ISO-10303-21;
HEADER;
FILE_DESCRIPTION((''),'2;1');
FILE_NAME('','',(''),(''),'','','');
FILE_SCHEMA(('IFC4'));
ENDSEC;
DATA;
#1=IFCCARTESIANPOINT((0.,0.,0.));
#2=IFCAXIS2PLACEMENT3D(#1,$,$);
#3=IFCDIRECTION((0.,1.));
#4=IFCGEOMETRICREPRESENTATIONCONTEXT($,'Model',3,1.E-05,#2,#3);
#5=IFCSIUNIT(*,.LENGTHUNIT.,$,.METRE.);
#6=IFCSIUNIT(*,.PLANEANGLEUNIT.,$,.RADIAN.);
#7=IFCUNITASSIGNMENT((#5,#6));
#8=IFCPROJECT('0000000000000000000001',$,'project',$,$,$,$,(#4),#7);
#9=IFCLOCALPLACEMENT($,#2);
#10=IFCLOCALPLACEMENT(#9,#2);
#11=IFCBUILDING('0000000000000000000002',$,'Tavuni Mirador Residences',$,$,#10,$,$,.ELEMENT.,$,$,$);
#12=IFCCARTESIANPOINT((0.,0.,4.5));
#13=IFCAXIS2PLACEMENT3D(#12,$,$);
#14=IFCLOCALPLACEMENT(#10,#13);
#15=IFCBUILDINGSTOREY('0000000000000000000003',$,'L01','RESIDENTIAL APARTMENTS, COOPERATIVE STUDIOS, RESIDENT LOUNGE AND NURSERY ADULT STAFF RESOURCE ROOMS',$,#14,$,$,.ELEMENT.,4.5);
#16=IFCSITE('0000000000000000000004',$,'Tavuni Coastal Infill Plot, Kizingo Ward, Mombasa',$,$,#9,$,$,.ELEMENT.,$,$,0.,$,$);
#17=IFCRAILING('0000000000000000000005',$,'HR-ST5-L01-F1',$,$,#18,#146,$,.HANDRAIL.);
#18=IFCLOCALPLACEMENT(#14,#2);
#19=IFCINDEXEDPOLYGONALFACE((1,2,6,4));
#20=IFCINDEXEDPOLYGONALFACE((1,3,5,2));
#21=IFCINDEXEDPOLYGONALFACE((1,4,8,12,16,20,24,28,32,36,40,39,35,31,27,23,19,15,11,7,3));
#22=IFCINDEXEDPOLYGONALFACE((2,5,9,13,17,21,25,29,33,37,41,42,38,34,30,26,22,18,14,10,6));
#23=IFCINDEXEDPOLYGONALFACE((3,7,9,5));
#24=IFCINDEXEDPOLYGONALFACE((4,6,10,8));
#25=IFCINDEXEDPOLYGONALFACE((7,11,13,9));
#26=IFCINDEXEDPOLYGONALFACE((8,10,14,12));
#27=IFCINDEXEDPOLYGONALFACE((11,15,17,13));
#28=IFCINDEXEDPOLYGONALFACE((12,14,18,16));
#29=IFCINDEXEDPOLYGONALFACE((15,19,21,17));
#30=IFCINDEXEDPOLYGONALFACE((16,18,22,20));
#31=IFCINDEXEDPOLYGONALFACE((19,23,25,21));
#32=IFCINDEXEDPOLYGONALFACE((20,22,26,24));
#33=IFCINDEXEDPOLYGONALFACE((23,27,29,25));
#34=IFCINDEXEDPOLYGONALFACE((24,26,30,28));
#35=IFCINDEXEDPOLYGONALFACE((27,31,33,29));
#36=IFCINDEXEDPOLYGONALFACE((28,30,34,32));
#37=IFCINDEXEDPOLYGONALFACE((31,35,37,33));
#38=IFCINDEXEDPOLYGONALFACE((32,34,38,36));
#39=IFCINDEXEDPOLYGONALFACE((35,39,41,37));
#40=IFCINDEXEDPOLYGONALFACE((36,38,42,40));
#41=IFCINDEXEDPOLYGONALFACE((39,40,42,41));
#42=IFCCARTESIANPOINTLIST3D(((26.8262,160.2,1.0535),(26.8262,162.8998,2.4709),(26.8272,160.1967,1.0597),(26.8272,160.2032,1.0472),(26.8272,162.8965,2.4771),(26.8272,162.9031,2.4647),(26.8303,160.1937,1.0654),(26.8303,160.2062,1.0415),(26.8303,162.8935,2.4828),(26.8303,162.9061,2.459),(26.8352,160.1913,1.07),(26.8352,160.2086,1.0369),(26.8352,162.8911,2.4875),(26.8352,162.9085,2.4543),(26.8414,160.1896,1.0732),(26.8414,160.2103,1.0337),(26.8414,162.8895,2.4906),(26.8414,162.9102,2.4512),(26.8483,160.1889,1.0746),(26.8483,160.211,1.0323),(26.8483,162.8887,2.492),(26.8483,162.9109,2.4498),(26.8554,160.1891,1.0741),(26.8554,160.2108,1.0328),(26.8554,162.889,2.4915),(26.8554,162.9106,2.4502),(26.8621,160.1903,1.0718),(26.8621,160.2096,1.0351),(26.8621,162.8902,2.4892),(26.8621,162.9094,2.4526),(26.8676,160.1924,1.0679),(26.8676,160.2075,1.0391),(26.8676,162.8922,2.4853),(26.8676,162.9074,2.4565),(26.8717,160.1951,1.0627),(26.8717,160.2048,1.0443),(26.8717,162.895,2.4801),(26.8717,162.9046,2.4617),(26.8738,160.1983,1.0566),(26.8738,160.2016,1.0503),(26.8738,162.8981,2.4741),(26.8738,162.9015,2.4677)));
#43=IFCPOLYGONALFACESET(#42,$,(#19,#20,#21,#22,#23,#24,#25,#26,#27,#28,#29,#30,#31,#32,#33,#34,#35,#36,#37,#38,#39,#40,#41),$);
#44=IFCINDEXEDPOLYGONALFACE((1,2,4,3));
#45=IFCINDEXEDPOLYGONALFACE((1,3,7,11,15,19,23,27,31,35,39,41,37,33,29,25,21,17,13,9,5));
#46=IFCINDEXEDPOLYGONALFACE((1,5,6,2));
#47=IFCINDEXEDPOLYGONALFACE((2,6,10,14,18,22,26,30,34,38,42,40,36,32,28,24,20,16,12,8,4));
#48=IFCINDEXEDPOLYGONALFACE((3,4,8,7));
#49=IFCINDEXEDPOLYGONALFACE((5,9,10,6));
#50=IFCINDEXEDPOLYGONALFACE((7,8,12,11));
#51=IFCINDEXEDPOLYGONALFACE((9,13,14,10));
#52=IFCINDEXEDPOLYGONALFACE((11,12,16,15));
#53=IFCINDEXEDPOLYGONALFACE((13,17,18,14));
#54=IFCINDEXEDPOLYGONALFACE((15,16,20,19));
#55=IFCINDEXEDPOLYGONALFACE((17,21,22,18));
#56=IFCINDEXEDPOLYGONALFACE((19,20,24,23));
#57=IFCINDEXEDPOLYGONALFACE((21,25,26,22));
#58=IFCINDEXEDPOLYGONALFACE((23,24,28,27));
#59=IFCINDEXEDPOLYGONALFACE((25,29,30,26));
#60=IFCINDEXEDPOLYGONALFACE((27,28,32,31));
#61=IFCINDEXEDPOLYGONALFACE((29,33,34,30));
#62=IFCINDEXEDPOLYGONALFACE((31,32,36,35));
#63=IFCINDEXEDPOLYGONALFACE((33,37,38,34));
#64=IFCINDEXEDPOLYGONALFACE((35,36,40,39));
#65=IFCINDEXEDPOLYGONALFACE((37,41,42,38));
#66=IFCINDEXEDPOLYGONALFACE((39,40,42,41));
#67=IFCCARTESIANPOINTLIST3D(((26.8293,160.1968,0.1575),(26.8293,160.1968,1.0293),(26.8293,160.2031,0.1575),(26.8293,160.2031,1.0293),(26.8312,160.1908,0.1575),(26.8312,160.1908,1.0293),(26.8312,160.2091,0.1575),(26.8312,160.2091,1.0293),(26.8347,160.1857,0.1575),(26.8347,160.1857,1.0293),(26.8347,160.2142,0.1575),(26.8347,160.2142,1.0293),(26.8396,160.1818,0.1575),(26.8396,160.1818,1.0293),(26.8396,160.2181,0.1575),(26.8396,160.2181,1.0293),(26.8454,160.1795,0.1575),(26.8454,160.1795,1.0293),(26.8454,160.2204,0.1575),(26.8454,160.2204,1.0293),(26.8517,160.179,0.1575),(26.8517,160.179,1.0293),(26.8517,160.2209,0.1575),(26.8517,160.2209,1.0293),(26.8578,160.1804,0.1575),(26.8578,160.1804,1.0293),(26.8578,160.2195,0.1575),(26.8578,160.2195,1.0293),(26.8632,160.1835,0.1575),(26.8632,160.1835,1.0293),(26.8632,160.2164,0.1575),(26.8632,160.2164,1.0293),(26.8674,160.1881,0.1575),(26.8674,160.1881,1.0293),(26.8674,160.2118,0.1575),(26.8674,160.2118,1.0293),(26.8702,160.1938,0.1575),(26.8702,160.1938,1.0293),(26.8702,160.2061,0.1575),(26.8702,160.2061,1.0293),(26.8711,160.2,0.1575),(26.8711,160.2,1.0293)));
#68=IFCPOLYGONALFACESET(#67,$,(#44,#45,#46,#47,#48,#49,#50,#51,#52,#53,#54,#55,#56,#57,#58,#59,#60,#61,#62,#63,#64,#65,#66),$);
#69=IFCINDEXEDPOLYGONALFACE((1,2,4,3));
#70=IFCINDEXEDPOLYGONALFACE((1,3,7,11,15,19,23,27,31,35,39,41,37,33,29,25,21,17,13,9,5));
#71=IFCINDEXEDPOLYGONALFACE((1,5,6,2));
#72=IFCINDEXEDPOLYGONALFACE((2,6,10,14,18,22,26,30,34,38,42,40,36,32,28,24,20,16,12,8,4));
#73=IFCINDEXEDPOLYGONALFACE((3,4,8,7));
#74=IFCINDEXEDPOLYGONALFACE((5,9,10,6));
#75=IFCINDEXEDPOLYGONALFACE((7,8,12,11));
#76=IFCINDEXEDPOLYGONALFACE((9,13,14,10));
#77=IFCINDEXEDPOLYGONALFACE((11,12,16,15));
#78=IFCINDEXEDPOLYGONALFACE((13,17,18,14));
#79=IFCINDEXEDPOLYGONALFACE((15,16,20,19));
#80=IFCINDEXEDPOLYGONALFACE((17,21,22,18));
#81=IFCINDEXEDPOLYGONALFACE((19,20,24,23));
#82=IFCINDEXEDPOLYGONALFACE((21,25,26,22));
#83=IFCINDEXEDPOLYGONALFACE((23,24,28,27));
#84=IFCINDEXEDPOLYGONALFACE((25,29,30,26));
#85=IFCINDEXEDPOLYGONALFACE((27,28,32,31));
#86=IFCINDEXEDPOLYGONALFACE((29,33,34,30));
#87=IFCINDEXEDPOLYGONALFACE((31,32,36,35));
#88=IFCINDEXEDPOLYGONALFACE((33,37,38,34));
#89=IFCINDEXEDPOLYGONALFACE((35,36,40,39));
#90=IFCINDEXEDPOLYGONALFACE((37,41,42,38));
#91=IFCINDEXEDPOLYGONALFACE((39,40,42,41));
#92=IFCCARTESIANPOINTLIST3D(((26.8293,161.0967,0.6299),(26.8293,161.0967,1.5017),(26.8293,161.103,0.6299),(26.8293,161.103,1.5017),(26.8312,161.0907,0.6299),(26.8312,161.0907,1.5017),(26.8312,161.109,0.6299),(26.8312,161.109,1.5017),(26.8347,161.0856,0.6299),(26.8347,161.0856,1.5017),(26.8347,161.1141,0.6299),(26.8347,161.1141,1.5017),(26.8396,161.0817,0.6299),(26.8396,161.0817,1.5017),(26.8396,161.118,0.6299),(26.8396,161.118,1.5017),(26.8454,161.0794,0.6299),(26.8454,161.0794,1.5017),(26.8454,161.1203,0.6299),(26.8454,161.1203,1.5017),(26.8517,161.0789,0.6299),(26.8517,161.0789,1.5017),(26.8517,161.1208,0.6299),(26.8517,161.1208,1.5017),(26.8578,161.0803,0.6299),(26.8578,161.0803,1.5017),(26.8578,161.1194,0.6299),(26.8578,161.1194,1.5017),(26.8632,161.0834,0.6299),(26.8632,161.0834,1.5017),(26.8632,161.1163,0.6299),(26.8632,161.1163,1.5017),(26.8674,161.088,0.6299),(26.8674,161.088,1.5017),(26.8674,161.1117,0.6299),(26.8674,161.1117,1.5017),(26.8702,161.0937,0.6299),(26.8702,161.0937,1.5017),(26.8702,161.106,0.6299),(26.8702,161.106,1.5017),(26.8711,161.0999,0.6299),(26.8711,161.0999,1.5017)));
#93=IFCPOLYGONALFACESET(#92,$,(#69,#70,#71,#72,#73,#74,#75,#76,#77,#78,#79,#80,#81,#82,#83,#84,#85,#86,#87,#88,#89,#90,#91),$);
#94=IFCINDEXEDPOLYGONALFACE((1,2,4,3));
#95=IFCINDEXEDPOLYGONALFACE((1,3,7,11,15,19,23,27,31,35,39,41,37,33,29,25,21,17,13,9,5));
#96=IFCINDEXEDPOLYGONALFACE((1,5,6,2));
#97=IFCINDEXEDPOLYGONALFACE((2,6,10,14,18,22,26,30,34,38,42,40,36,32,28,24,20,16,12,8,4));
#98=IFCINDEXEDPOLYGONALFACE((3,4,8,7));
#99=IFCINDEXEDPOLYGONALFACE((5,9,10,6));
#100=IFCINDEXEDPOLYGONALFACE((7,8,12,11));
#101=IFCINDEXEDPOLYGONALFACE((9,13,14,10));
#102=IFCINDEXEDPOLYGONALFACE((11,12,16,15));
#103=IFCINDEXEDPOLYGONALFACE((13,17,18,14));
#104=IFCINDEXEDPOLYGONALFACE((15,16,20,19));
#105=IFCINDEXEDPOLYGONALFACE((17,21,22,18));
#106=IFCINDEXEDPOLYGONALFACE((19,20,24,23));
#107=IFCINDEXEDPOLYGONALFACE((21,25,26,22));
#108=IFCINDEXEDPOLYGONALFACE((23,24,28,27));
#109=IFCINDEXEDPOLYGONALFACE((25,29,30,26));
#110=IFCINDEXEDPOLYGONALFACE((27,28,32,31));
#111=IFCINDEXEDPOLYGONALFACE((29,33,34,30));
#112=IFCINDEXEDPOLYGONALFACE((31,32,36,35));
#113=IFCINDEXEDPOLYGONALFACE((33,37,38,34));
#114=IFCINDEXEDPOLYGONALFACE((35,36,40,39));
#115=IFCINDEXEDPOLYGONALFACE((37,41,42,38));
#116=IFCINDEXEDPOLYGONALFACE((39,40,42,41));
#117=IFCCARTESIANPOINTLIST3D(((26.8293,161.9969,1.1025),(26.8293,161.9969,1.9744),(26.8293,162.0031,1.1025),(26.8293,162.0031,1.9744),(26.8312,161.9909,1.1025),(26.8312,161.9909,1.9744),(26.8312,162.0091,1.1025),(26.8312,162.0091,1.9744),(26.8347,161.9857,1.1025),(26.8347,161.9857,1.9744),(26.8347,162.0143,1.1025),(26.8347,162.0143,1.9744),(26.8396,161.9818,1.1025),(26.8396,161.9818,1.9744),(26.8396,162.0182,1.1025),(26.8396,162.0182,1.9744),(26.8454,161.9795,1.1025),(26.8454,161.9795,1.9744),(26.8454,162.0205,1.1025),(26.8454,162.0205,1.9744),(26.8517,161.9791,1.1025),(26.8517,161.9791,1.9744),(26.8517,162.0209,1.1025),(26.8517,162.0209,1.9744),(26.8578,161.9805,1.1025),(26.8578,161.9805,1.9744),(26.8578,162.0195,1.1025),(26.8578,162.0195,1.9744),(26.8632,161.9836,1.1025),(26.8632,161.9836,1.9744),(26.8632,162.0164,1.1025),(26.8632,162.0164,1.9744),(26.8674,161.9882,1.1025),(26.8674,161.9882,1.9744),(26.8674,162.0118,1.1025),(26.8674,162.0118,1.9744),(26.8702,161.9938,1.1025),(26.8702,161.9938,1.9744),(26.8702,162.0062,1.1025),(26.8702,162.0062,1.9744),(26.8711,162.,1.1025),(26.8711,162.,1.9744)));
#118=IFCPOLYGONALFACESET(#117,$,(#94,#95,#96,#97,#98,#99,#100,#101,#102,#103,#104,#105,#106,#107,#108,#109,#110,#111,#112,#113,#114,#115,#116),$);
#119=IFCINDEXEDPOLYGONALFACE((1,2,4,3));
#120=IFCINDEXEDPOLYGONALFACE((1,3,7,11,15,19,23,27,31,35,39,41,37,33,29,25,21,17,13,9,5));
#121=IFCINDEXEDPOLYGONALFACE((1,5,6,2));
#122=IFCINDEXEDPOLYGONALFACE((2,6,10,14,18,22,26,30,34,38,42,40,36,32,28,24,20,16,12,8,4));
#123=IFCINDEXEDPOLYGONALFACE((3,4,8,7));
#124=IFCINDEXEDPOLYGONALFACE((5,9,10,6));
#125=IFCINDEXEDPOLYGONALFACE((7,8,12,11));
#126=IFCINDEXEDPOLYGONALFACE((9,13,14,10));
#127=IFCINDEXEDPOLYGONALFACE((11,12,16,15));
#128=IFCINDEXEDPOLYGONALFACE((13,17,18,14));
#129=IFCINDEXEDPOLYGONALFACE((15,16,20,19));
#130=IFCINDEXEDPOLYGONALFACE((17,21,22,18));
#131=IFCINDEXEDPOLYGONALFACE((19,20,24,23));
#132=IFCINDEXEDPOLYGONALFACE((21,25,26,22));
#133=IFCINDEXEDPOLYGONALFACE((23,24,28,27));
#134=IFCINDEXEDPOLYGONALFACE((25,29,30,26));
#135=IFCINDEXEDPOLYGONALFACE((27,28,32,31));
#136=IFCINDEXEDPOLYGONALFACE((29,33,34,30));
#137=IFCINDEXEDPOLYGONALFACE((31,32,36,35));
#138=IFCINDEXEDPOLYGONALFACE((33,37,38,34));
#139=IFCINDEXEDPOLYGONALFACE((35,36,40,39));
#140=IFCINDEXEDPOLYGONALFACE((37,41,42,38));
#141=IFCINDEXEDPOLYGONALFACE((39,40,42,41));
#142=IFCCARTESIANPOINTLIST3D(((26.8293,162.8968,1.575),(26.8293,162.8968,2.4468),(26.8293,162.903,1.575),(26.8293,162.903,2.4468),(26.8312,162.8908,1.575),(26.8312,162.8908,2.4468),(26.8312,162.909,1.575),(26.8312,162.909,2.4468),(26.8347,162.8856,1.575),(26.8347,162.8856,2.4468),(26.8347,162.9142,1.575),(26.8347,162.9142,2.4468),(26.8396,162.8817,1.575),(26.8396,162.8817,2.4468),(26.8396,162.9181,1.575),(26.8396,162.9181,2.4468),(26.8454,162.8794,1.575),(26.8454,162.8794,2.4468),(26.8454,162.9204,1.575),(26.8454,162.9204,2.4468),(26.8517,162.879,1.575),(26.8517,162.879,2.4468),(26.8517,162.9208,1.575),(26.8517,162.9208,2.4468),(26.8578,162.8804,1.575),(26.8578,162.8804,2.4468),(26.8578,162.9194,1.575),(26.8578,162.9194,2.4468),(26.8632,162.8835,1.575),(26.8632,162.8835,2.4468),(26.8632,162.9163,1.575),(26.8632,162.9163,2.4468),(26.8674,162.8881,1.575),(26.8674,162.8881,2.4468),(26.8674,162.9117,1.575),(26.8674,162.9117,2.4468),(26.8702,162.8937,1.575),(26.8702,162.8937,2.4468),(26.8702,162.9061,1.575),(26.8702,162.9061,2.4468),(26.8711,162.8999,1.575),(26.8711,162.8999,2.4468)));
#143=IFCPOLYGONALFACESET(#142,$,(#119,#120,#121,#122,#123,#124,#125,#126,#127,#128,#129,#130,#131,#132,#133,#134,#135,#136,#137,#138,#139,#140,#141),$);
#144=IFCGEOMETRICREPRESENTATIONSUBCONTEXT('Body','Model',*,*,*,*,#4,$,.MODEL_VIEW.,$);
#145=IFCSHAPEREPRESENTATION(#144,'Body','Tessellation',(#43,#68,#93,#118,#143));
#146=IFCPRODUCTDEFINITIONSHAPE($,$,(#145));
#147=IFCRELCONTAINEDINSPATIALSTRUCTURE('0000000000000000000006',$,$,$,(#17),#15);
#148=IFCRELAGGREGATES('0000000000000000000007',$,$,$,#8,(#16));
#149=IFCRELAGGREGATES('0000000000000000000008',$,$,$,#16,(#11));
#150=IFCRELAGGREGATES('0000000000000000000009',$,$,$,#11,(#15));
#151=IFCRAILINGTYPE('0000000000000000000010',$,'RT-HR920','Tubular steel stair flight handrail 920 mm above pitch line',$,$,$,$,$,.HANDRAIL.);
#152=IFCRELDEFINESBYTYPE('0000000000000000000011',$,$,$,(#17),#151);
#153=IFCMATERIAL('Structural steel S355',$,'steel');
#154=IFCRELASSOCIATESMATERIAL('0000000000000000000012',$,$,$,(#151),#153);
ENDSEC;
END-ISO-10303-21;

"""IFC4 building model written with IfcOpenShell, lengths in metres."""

from ifc_helpers import new_model, si_unit, direction, frame, origin, origin_2d, place, context, subcontext, project, spatial, circle, extrude, material, type_object, element, save


model = new_model("IFC4")

# Units and contexts
model_context = context("Model", 3, precision=1e-05, world=origin(), true_north=direction((0.0, 1.0)))
body_context = subcontext(model_context, "Body", "Model", "MODEL_VIEW")
ifc_project = project(units=[si_unit("LENGTHUNIT", "METRE"), si_unit("PLANEANGLEUNIT", "RADIAN")], contexts=[model_context])

# Site, building, storey
site_placement = place(None, origin())
site = spatial("IfcSite", under=ifc_project, at=site_placement, Name="Tavuni Coastal Infill Plot, Kizingo Ward, Mombasa", CompositionType="ELEMENT", RefElevation=0.0)
building_placement = place(site_placement, origin())
building = spatial("IfcBuilding", under=site, at=building_placement, Name="Tavuni Mirador Residences", CompositionType="ELEMENT")
storey_placement = place(building_placement, frame((0.0, 0.0, 4.5)))
storey = spatial("IfcBuildingStorey", under=building, at=storey_placement, Name="L01", Description="RESIDENTIAL APARTMENTS, COOPERATIVE STUDIOS, RESIDENT LOUNGE AND NURSERY ADULT STAFF RESOURCE ROOMS", CompositionType="ELEMENT", Elevation=4.5)

# Railing
ifc_material_1 = material(Name="Structural steel S355", Category="steel")
railing_type_1 = type_object("IfcRailingType", Name="RT-HR920", Description="Tubular steel stair flight handrail 920 mm above pitch line", PredefinedType="HANDRAIL", material=ifc_material_1)
railing_1_placement = place(storey_placement, frame((26.8501, 160.2, 0.1575)))
element("IfcRailing", 1, at=railing_1_placement, inside=storey, type_object=railing_type_1, Name="HR-ST5-L01-F1", PredefinedType="HANDRAIL", context=body_context, shape_type="SweptSolid", body=[
    extrude(circle(Radius=0.0239, at=origin_2d()), frame((0.0, 0.0, 0.896), z_axis=(0.0, 0.885397, 0.464835), x_axis=(-1.0, 0.0, 0.0)), (0.0, 0.0, 1.0), 3.0493),
    extrude(circle(Radius=0.021, at=origin_2d()), origin(), (0.0, 0.0, 1.0), 0.8718),
    extrude(circle(Radius=0.021, at=origin_2d()), frame((0.0, 0.8999, 0.4724)), (0.0, 0.0, 1.0), 0.8718),
    extrude(circle(Radius=0.021, at=origin_2d()), frame((0.0, 1.8, 0.9451)), (0.0, 0.0, 1.0), 0.8718),
    extrude(circle(Radius=0.021, at=origin_2d()), frame((0.0, 2.7, 1.4175)), (0.0, 0.0, 1.0), 0.8718),
])

save(model, "model.ifc")
